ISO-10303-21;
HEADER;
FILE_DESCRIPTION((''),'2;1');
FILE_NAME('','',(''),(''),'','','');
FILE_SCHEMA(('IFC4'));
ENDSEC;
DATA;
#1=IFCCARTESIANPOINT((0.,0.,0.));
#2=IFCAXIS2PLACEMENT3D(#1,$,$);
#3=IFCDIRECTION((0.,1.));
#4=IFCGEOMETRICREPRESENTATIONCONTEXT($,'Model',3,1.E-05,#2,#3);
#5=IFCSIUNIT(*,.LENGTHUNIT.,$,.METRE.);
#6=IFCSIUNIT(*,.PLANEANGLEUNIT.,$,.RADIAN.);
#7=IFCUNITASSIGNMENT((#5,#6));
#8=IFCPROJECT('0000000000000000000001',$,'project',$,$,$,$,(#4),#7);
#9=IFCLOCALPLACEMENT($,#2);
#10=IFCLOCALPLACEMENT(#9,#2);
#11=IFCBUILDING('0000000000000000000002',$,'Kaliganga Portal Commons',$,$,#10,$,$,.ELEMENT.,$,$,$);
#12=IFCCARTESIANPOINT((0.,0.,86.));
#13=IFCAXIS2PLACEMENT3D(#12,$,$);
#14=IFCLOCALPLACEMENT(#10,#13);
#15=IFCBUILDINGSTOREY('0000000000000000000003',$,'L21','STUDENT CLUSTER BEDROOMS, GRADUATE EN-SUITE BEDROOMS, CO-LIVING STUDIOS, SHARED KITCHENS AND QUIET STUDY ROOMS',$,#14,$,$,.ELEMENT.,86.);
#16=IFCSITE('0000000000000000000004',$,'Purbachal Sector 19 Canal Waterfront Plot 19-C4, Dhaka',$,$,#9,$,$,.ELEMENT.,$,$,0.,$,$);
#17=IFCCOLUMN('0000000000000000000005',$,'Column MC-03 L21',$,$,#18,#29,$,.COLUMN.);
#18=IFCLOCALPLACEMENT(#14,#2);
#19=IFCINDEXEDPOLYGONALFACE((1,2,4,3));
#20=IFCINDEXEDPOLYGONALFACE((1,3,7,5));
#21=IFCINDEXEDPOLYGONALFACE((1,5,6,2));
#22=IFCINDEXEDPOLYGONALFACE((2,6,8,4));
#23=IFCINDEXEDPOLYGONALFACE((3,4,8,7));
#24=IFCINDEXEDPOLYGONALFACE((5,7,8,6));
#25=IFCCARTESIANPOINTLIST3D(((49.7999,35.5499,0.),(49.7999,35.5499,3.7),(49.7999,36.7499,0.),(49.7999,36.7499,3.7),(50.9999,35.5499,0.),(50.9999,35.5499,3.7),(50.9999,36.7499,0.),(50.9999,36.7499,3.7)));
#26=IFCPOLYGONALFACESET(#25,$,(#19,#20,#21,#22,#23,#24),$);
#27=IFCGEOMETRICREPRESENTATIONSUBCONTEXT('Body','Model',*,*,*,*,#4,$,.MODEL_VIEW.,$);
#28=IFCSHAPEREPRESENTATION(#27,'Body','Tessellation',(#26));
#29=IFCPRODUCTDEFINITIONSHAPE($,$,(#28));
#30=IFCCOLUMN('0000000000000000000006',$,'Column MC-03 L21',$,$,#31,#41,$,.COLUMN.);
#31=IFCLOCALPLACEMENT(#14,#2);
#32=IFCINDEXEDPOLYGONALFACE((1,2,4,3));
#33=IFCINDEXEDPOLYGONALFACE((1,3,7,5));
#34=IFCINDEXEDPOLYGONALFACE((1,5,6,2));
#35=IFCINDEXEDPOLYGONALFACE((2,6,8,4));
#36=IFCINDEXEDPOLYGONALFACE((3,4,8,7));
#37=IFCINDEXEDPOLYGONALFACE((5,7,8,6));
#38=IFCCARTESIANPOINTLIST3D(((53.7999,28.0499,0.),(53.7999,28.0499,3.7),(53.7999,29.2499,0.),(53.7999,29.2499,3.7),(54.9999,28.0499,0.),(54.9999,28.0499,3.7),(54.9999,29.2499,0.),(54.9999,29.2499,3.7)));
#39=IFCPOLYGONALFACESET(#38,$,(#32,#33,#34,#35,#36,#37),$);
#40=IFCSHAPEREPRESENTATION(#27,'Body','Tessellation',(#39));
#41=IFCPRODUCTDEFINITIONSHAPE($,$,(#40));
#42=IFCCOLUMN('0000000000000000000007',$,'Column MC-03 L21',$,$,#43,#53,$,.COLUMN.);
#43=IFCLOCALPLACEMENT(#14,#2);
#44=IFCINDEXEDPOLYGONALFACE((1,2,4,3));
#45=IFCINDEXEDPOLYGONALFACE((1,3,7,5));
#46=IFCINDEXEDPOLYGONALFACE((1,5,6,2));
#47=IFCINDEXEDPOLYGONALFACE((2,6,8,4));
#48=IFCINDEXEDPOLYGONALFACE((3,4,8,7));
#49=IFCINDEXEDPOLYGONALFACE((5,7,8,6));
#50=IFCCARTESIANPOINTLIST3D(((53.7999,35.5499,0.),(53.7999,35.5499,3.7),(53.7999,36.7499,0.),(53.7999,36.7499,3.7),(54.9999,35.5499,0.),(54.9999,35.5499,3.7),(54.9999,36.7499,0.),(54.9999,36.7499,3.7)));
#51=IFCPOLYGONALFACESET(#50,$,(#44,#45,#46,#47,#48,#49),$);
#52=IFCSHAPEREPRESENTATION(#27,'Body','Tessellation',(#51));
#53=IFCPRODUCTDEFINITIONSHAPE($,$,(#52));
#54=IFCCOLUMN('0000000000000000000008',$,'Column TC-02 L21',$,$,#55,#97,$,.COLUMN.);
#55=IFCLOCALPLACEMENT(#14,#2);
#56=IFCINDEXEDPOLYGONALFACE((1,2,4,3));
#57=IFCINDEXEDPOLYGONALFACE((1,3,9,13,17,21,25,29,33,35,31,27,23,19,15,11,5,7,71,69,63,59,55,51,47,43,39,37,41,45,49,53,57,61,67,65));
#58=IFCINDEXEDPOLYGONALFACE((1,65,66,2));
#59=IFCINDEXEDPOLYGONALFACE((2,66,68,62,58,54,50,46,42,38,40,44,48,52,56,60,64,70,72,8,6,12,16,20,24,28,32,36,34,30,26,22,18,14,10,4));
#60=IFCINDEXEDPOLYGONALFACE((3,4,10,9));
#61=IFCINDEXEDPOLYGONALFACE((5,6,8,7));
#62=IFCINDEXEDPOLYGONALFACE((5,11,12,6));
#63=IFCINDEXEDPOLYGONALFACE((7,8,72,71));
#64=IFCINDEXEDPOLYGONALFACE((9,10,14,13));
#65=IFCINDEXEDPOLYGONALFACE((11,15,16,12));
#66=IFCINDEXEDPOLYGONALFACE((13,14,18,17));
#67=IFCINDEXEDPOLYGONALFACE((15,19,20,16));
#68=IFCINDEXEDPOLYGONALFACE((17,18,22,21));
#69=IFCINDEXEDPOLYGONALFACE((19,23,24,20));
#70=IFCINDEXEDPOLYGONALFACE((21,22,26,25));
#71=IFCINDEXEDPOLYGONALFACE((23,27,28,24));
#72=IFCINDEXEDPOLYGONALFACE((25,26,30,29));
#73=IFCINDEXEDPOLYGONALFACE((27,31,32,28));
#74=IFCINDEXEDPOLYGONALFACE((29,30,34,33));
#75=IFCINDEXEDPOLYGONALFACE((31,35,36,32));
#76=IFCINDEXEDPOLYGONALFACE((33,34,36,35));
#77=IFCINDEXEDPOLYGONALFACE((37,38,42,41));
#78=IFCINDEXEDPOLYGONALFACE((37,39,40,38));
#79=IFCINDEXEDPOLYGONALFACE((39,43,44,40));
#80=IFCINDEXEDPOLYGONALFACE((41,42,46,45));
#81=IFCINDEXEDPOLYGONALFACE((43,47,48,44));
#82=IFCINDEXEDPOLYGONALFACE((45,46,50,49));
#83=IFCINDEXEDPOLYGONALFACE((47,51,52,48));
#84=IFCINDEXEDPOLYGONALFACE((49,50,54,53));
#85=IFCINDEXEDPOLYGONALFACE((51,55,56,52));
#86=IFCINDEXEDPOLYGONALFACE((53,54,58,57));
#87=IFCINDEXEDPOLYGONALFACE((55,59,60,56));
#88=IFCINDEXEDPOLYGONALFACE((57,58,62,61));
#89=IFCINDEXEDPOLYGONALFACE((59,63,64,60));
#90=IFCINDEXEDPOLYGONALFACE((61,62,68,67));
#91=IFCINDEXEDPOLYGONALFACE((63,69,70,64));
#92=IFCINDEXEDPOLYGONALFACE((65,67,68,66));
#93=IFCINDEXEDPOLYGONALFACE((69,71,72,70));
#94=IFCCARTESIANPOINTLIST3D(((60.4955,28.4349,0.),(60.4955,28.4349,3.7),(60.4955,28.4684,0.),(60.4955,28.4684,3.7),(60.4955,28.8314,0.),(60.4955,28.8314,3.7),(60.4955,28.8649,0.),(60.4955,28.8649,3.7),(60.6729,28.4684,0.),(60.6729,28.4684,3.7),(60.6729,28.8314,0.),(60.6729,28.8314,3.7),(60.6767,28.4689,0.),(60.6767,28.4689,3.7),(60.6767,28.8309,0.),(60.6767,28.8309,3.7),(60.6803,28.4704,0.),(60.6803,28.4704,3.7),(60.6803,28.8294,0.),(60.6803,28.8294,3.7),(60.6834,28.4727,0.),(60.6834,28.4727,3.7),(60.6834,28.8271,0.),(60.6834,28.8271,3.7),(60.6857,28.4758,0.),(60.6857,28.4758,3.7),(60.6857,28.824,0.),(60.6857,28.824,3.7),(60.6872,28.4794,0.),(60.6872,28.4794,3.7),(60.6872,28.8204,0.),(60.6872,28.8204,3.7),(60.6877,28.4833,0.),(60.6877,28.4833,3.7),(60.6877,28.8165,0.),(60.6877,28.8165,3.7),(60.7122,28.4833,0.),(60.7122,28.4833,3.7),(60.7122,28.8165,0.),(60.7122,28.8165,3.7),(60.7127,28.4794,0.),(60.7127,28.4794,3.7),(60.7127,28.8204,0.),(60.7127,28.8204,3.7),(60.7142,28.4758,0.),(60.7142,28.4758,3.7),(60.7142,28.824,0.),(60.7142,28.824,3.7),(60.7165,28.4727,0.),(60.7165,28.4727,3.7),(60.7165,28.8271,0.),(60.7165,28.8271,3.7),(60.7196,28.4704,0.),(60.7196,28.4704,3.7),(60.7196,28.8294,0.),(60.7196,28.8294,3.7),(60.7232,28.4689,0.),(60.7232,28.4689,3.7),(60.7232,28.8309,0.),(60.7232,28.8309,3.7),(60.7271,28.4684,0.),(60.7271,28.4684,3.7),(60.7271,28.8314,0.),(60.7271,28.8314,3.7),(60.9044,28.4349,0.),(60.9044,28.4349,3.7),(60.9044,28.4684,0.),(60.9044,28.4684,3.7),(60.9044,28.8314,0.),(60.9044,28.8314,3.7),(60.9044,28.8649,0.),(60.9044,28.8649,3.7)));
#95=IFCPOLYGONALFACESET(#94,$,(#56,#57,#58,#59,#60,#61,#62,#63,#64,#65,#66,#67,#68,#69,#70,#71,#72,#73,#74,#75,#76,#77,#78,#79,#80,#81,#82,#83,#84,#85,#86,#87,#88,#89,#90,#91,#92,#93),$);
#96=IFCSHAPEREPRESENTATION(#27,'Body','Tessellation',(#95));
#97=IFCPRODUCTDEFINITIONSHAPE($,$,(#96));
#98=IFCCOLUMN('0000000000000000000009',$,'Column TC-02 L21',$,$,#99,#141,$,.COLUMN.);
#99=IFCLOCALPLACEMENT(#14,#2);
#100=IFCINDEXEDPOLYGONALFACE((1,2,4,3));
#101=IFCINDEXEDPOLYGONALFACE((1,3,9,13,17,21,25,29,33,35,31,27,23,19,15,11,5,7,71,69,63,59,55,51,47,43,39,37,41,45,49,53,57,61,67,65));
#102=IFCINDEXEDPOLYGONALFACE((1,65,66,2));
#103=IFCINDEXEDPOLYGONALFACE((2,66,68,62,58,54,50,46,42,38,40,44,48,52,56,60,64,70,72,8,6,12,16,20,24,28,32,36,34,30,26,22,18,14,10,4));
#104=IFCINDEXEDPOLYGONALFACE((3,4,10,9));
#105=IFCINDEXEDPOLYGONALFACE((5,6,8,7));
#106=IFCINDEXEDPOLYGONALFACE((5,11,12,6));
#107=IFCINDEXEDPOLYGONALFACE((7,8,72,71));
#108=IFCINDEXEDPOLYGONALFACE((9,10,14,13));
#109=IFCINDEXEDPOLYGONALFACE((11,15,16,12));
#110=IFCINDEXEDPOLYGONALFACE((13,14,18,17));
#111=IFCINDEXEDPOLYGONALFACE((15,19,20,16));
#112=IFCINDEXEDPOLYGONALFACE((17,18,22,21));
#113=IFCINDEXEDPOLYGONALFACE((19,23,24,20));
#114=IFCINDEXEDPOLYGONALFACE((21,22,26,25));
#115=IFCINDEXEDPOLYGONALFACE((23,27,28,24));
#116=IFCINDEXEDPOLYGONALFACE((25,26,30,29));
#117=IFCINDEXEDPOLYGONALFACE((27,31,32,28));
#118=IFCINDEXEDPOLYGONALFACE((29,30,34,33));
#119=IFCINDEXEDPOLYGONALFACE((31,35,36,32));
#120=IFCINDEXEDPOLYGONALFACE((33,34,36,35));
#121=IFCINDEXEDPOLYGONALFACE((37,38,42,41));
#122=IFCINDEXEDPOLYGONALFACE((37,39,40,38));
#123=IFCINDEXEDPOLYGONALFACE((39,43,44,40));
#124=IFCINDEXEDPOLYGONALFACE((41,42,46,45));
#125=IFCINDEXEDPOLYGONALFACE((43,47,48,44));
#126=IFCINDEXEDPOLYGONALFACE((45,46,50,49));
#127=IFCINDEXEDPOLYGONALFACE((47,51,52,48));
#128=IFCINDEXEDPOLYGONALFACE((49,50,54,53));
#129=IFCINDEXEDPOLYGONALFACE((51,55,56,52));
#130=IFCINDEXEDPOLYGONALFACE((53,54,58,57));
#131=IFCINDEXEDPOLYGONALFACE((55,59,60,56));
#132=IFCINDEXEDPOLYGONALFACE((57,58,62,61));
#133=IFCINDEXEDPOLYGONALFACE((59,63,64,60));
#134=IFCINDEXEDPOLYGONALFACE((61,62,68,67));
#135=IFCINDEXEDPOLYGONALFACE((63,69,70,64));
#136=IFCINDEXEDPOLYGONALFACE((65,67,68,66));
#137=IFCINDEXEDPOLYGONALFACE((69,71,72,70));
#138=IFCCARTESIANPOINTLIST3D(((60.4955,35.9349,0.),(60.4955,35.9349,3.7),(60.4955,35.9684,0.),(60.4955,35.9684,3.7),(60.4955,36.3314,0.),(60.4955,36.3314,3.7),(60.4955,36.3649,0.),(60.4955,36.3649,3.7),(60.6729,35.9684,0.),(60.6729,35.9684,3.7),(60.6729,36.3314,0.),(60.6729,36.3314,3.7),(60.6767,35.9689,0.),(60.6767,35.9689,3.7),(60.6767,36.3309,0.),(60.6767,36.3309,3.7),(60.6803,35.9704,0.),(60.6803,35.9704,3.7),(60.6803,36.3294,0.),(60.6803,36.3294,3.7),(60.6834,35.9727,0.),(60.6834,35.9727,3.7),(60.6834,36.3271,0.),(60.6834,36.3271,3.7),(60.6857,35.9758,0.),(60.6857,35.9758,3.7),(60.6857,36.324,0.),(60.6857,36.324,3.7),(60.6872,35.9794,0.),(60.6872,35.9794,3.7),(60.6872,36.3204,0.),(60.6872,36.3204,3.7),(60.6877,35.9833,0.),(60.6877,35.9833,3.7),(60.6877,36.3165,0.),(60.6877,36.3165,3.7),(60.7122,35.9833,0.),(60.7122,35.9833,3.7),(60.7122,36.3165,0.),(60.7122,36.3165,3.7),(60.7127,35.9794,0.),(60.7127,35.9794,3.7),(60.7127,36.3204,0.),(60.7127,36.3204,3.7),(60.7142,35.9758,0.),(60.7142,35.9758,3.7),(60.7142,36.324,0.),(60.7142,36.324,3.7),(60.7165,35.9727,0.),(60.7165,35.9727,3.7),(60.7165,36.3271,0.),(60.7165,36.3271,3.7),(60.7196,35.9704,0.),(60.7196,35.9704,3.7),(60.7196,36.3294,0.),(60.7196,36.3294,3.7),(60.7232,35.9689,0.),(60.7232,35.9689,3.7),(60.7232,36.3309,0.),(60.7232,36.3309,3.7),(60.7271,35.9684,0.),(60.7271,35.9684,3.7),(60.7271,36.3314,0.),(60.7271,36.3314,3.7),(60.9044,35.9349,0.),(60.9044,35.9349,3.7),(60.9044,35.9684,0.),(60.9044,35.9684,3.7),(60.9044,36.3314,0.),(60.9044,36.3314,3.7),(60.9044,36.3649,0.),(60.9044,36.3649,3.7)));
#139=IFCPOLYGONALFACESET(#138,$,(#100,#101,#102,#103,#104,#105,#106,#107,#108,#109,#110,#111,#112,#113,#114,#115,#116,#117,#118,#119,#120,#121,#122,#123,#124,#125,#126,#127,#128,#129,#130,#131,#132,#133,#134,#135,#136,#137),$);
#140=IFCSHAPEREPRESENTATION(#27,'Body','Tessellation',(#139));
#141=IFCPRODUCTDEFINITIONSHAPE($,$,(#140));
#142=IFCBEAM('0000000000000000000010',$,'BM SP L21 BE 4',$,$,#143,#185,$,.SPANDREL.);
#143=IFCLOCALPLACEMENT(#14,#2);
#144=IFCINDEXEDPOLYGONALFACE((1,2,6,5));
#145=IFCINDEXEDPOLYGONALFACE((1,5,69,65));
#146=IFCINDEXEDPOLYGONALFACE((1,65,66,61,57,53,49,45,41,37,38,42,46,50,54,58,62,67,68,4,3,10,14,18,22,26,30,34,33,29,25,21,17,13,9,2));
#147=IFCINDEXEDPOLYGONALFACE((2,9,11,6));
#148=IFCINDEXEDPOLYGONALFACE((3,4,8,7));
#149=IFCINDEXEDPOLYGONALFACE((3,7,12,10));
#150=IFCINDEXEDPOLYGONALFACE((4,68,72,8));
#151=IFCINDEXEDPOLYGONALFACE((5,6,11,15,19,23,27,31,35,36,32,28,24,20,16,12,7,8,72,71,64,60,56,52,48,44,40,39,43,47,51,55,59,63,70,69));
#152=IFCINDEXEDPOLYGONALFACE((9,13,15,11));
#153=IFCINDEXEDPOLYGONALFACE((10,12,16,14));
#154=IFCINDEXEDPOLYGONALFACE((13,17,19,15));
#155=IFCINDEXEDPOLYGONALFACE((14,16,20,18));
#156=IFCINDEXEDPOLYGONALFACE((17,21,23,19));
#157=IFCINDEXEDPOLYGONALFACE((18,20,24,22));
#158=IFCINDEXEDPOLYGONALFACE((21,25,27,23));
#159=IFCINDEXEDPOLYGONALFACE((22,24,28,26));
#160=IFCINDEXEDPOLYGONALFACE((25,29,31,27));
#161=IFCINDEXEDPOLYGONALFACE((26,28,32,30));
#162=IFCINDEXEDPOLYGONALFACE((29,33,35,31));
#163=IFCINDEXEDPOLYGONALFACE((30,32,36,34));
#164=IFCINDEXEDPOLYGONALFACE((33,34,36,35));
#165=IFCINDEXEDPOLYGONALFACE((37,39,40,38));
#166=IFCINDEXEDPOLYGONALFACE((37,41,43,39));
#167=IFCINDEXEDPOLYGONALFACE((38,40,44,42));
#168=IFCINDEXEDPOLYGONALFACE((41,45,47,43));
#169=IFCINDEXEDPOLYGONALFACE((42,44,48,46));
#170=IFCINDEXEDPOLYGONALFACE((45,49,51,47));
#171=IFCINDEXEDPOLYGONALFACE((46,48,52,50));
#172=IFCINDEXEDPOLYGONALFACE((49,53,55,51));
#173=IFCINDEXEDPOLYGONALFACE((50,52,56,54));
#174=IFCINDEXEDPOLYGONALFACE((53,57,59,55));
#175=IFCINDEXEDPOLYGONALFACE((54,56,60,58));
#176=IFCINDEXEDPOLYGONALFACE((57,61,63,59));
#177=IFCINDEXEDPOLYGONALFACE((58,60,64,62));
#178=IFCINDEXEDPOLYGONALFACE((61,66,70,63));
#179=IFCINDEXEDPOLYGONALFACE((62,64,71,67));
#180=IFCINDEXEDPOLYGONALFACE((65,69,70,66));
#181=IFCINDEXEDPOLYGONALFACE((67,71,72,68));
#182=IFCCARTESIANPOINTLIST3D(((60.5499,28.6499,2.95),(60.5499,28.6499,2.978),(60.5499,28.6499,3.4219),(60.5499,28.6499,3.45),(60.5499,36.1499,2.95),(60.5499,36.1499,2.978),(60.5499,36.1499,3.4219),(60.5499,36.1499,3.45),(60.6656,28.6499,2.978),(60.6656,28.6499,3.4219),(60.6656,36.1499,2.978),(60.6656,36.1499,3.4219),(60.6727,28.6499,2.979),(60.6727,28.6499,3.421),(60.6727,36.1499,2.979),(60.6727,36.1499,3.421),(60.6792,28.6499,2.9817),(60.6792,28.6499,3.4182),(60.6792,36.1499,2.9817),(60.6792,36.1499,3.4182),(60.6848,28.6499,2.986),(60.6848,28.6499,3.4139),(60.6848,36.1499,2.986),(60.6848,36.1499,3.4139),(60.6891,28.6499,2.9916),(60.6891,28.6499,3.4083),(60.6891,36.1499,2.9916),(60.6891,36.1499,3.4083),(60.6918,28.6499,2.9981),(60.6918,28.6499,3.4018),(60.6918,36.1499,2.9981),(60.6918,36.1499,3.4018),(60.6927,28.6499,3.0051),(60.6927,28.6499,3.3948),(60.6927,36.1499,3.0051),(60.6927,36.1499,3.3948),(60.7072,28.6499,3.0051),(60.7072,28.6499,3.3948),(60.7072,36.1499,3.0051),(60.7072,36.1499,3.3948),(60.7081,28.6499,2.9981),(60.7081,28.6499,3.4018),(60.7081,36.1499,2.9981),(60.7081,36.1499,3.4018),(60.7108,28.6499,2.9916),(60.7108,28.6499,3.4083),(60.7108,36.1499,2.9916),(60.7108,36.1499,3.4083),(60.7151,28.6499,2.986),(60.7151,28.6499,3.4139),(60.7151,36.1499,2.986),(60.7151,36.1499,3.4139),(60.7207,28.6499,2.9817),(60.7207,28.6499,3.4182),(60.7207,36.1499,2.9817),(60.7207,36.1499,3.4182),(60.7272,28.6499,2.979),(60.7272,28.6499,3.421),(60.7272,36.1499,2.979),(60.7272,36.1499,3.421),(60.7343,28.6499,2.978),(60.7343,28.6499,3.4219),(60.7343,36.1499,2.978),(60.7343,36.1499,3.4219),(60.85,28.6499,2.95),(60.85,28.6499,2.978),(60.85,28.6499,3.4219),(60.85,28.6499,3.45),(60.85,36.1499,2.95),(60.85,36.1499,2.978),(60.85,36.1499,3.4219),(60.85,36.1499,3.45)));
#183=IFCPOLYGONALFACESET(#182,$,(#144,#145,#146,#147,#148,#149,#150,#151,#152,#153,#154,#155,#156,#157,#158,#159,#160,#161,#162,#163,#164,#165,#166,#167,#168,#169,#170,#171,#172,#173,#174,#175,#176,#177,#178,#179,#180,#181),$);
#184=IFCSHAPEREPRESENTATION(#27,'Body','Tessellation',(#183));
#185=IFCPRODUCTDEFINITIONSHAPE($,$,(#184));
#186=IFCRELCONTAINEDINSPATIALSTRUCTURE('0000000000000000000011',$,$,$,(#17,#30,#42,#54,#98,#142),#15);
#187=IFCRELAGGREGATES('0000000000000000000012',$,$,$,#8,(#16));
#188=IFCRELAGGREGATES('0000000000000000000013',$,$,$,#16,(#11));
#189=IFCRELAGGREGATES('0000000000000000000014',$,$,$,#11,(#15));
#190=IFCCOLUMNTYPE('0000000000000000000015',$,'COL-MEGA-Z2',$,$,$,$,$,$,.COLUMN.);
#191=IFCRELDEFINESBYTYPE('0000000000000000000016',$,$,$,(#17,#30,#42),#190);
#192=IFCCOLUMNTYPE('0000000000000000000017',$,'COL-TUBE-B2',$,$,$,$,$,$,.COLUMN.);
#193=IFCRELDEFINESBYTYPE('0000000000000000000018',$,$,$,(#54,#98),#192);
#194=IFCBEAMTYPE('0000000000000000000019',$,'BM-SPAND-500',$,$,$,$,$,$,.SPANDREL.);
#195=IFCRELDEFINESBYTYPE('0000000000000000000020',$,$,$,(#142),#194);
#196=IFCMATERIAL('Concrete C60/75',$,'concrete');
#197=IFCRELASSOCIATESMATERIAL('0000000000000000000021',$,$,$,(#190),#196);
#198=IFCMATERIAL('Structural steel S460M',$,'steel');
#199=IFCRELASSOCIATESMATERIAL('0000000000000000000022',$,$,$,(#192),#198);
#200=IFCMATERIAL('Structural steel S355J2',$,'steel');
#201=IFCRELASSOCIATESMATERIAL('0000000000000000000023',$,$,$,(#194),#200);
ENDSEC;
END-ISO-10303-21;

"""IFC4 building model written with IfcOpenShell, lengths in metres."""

from ifc_helpers import new_model, si_unit, direction, frame, origin, origin_2d, place, context, subcontext, project, spatial, rectangle, i_section, extrude, source, transform, mapped, material, material_profile, profile_set, type_object, element, save


model = new_model("IFC4")

# Units and contexts
model_context = context("Model", 3, precision=1e-05, world=origin(), true_north=direction((0.0, 1.0)))
body_context = subcontext(model_context, "Body", "Model", "MODEL_VIEW")
ifc_project = project(units=[si_unit("LENGTHUNIT", "METRE"), si_unit("PLANEANGLEUNIT", "RADIAN")], contexts=[model_context])

# Site, building, storey
site_placement = place(None, origin())
site = spatial("IfcSite", under=ifc_project, at=site_placement, Name="Purbachal Sector 19 Canal Waterfront Plot 19-C4, Dhaka", CompositionType="ELEMENT", RefElevation=0.0)
building_placement = place(site_placement, origin())
building = spatial("IfcBuilding", under=site, at=building_placement, Name="Kaliganga Portal Commons", CompositionType="ELEMENT")
storey_placement = place(building_placement, frame((0.0, 0.0, 86.0)))
storey = spatial("IfcBuildingStorey", under=building, at=storey_placement, Name="L21", Description="STUDENT CLUSTER BEDROOMS, GRADUATE EN-SUITE BEDROOMS, CO-LIVING STUDIOS, SHARED KITCHENS AND QUIET STUDY ROOMS", CompositionType="ELEMENT", Elevation=86.0)

# Columns
ifc_material_1 = material(Name="Concrete C60/75", Category="concrete")
ifc_material_profile_1 = material_profile(ifc_material_1, rectangle(XDim=1.2, YDim=1.2, at=origin_2d()), Name="RC 1200x1200")
ifc_profile_set_1 = profile_set([ifc_material_profile_1], Name="Concrete C60/75")
column_type_1 = type_object("IfcColumnType", Name="COL-MEGA-Z2", PredefinedType="COLUMN", material=ifc_profile_set_1)
shared_shape_1 = source(origin(), body_context, "Body", "SweptSolid", [
    extrude(rectangle(XDim=1.2, YDim=1.2, at=origin_2d()), origin(), (0.0, 0.0, 1.0), 3.7),
])
for number, where, z_axis, x_axis, name in (
    (1, (50.3999, 36.1499, 0.0), (0.0, 0.0, 1.0), (1.0, 0.0, 0.0), "Column MC-03 L21"),
    (2, (54.3999, 28.6499, 0.0), (0.0, 0.0, 1.0), (1.0, 0.0, 0.0), "Column MC-03 L21"),
    (3, (54.3999, 36.1499, 0.0), (0.0, 0.0, 1.0), (1.0, 0.0, 0.0), "Column MC-03 L21"),
):
    element("IfcColumn", number, at=place(storey_placement, frame(where, z_axis=z_axis, x_axis=x_axis)), inside=storey, type_object=column_type_1, Name=name, PredefinedType="COLUMN", context=body_context, shape_type="MappedRepresentation", body=[
        mapped(shared_shape_1, transform((0.0, 0.0, 0.0), x_axis=(1.0, 0.0, 0.0), y_axis=(0.0, 1.0, 0.0), z_axis=(0.0, 0.0, 1.0), scale=1.0)),
    ])
ifc_material_2 = material(Name="Structural steel S460M", Category="steel")
ifc_material_profile_2 = material_profile(ifc_material_2, i_section(OverallWidth=0.4089, OverallDepth=0.4299, WebThickness=0.0244, FlangeThickness=0.0334, FilletRadius=0.0149, at=origin_2d()), Name="HD 400x421")
ifc_profile_set_2 = profile_set([ifc_material_profile_2], Name="Structural steel S460M wide-flange")
column_type_2 = type_object("IfcColumnType", Name="COL-TUBE-B2", PredefinedType="COLUMN", material=ifc_profile_set_2)
shared_shape_2 = source(origin(), body_context, "Body", "SweptSolid", [
    extrude(i_section(OverallWidth=0.4089, OverallDepth=0.4299, WebThickness=0.0244, FlangeThickness=0.0334, FilletRadius=0.0149, at=origin_2d()), origin(), (0.0, 0.0, 1.0), 3.7),
])
for number, where, z_axis, x_axis, name in (
    (4, (60.7, 28.6499, 0.0), (0.0, 0.0, 1.0), (1.0, 0.0, 0.0), "Column TC-02 L21"),
    (5, (60.7, 36.1499, 0.0), (0.0, 0.0, 1.0), (1.0, 0.0, 0.0), "Column TC-02 L21"),
):
    element("IfcColumn", number, at=place(storey_placement, frame(where, z_axis=z_axis, x_axis=x_axis)), inside=storey, type_object=column_type_2, Name=name, PredefinedType="COLUMN", context=body_context, shape_type="MappedRepresentation", body=[
        mapped(shared_shape_2, transform((0.0, 0.0, 0.0), x_axis=(1.0, 0.0, 0.0), y_axis=(0.0, 1.0, 0.0), z_axis=(0.0, 0.0, 1.0), scale=1.0)),
    ])

# Beam
ifc_material_3 = material(Name="Structural steel S355J2", Category="steel")
ifc_material_profile_3 = material_profile(ifc_material_3, i_section(OverallWidth=0.3, OverallDepth=0.5, WebThickness=0.0144, FlangeThickness=0.0281, FilletRadius=0.0271, at=origin_2d()), Name="HE 500 B")
ifc_profile_set_3 = profile_set([ifc_material_profile_3], Name="Structural steel S355J2 wide-flange")
beam_type_1 = type_object("IfcBeamType", Name="BM-SPAND-500", PredefinedType="SPANDREL", material=ifc_profile_set_3)
shared_shape_3 = source(origin(), body_context, "Body", "SweptSolid", [
    extrude(i_section(OverallWidth=0.3, OverallDepth=0.5, WebThickness=0.0144, FlangeThickness=0.0281, FilletRadius=0.0271, at=origin_2d()), origin(), (0.0, 0.0, 1.0), 7.5),
])
beam_1_placement = place(storey_placement, frame((60.7, 28.6499, 3.2), z_axis=(0.0, 1.0, 0.0), x_axis=(-1.0, 0.0, 0.0)))
element("IfcBeam", 6, at=beam_1_placement, inside=storey, type_object=beam_type_1, Name="BM SP L21 BE 4", PredefinedType="SPANDREL", context=body_context, shape_type="MappedRepresentation", body=[
    mapped(shared_shape_3, transform((0.0, 0.0, 0.0), x_axis=(1.0, 0.0, 0.0), y_axis=(0.0, 1.0, 0.0), z_axis=(0.0, 0.0, 1.0), scale=1.0)),
])

save(model, "model.ifc")
